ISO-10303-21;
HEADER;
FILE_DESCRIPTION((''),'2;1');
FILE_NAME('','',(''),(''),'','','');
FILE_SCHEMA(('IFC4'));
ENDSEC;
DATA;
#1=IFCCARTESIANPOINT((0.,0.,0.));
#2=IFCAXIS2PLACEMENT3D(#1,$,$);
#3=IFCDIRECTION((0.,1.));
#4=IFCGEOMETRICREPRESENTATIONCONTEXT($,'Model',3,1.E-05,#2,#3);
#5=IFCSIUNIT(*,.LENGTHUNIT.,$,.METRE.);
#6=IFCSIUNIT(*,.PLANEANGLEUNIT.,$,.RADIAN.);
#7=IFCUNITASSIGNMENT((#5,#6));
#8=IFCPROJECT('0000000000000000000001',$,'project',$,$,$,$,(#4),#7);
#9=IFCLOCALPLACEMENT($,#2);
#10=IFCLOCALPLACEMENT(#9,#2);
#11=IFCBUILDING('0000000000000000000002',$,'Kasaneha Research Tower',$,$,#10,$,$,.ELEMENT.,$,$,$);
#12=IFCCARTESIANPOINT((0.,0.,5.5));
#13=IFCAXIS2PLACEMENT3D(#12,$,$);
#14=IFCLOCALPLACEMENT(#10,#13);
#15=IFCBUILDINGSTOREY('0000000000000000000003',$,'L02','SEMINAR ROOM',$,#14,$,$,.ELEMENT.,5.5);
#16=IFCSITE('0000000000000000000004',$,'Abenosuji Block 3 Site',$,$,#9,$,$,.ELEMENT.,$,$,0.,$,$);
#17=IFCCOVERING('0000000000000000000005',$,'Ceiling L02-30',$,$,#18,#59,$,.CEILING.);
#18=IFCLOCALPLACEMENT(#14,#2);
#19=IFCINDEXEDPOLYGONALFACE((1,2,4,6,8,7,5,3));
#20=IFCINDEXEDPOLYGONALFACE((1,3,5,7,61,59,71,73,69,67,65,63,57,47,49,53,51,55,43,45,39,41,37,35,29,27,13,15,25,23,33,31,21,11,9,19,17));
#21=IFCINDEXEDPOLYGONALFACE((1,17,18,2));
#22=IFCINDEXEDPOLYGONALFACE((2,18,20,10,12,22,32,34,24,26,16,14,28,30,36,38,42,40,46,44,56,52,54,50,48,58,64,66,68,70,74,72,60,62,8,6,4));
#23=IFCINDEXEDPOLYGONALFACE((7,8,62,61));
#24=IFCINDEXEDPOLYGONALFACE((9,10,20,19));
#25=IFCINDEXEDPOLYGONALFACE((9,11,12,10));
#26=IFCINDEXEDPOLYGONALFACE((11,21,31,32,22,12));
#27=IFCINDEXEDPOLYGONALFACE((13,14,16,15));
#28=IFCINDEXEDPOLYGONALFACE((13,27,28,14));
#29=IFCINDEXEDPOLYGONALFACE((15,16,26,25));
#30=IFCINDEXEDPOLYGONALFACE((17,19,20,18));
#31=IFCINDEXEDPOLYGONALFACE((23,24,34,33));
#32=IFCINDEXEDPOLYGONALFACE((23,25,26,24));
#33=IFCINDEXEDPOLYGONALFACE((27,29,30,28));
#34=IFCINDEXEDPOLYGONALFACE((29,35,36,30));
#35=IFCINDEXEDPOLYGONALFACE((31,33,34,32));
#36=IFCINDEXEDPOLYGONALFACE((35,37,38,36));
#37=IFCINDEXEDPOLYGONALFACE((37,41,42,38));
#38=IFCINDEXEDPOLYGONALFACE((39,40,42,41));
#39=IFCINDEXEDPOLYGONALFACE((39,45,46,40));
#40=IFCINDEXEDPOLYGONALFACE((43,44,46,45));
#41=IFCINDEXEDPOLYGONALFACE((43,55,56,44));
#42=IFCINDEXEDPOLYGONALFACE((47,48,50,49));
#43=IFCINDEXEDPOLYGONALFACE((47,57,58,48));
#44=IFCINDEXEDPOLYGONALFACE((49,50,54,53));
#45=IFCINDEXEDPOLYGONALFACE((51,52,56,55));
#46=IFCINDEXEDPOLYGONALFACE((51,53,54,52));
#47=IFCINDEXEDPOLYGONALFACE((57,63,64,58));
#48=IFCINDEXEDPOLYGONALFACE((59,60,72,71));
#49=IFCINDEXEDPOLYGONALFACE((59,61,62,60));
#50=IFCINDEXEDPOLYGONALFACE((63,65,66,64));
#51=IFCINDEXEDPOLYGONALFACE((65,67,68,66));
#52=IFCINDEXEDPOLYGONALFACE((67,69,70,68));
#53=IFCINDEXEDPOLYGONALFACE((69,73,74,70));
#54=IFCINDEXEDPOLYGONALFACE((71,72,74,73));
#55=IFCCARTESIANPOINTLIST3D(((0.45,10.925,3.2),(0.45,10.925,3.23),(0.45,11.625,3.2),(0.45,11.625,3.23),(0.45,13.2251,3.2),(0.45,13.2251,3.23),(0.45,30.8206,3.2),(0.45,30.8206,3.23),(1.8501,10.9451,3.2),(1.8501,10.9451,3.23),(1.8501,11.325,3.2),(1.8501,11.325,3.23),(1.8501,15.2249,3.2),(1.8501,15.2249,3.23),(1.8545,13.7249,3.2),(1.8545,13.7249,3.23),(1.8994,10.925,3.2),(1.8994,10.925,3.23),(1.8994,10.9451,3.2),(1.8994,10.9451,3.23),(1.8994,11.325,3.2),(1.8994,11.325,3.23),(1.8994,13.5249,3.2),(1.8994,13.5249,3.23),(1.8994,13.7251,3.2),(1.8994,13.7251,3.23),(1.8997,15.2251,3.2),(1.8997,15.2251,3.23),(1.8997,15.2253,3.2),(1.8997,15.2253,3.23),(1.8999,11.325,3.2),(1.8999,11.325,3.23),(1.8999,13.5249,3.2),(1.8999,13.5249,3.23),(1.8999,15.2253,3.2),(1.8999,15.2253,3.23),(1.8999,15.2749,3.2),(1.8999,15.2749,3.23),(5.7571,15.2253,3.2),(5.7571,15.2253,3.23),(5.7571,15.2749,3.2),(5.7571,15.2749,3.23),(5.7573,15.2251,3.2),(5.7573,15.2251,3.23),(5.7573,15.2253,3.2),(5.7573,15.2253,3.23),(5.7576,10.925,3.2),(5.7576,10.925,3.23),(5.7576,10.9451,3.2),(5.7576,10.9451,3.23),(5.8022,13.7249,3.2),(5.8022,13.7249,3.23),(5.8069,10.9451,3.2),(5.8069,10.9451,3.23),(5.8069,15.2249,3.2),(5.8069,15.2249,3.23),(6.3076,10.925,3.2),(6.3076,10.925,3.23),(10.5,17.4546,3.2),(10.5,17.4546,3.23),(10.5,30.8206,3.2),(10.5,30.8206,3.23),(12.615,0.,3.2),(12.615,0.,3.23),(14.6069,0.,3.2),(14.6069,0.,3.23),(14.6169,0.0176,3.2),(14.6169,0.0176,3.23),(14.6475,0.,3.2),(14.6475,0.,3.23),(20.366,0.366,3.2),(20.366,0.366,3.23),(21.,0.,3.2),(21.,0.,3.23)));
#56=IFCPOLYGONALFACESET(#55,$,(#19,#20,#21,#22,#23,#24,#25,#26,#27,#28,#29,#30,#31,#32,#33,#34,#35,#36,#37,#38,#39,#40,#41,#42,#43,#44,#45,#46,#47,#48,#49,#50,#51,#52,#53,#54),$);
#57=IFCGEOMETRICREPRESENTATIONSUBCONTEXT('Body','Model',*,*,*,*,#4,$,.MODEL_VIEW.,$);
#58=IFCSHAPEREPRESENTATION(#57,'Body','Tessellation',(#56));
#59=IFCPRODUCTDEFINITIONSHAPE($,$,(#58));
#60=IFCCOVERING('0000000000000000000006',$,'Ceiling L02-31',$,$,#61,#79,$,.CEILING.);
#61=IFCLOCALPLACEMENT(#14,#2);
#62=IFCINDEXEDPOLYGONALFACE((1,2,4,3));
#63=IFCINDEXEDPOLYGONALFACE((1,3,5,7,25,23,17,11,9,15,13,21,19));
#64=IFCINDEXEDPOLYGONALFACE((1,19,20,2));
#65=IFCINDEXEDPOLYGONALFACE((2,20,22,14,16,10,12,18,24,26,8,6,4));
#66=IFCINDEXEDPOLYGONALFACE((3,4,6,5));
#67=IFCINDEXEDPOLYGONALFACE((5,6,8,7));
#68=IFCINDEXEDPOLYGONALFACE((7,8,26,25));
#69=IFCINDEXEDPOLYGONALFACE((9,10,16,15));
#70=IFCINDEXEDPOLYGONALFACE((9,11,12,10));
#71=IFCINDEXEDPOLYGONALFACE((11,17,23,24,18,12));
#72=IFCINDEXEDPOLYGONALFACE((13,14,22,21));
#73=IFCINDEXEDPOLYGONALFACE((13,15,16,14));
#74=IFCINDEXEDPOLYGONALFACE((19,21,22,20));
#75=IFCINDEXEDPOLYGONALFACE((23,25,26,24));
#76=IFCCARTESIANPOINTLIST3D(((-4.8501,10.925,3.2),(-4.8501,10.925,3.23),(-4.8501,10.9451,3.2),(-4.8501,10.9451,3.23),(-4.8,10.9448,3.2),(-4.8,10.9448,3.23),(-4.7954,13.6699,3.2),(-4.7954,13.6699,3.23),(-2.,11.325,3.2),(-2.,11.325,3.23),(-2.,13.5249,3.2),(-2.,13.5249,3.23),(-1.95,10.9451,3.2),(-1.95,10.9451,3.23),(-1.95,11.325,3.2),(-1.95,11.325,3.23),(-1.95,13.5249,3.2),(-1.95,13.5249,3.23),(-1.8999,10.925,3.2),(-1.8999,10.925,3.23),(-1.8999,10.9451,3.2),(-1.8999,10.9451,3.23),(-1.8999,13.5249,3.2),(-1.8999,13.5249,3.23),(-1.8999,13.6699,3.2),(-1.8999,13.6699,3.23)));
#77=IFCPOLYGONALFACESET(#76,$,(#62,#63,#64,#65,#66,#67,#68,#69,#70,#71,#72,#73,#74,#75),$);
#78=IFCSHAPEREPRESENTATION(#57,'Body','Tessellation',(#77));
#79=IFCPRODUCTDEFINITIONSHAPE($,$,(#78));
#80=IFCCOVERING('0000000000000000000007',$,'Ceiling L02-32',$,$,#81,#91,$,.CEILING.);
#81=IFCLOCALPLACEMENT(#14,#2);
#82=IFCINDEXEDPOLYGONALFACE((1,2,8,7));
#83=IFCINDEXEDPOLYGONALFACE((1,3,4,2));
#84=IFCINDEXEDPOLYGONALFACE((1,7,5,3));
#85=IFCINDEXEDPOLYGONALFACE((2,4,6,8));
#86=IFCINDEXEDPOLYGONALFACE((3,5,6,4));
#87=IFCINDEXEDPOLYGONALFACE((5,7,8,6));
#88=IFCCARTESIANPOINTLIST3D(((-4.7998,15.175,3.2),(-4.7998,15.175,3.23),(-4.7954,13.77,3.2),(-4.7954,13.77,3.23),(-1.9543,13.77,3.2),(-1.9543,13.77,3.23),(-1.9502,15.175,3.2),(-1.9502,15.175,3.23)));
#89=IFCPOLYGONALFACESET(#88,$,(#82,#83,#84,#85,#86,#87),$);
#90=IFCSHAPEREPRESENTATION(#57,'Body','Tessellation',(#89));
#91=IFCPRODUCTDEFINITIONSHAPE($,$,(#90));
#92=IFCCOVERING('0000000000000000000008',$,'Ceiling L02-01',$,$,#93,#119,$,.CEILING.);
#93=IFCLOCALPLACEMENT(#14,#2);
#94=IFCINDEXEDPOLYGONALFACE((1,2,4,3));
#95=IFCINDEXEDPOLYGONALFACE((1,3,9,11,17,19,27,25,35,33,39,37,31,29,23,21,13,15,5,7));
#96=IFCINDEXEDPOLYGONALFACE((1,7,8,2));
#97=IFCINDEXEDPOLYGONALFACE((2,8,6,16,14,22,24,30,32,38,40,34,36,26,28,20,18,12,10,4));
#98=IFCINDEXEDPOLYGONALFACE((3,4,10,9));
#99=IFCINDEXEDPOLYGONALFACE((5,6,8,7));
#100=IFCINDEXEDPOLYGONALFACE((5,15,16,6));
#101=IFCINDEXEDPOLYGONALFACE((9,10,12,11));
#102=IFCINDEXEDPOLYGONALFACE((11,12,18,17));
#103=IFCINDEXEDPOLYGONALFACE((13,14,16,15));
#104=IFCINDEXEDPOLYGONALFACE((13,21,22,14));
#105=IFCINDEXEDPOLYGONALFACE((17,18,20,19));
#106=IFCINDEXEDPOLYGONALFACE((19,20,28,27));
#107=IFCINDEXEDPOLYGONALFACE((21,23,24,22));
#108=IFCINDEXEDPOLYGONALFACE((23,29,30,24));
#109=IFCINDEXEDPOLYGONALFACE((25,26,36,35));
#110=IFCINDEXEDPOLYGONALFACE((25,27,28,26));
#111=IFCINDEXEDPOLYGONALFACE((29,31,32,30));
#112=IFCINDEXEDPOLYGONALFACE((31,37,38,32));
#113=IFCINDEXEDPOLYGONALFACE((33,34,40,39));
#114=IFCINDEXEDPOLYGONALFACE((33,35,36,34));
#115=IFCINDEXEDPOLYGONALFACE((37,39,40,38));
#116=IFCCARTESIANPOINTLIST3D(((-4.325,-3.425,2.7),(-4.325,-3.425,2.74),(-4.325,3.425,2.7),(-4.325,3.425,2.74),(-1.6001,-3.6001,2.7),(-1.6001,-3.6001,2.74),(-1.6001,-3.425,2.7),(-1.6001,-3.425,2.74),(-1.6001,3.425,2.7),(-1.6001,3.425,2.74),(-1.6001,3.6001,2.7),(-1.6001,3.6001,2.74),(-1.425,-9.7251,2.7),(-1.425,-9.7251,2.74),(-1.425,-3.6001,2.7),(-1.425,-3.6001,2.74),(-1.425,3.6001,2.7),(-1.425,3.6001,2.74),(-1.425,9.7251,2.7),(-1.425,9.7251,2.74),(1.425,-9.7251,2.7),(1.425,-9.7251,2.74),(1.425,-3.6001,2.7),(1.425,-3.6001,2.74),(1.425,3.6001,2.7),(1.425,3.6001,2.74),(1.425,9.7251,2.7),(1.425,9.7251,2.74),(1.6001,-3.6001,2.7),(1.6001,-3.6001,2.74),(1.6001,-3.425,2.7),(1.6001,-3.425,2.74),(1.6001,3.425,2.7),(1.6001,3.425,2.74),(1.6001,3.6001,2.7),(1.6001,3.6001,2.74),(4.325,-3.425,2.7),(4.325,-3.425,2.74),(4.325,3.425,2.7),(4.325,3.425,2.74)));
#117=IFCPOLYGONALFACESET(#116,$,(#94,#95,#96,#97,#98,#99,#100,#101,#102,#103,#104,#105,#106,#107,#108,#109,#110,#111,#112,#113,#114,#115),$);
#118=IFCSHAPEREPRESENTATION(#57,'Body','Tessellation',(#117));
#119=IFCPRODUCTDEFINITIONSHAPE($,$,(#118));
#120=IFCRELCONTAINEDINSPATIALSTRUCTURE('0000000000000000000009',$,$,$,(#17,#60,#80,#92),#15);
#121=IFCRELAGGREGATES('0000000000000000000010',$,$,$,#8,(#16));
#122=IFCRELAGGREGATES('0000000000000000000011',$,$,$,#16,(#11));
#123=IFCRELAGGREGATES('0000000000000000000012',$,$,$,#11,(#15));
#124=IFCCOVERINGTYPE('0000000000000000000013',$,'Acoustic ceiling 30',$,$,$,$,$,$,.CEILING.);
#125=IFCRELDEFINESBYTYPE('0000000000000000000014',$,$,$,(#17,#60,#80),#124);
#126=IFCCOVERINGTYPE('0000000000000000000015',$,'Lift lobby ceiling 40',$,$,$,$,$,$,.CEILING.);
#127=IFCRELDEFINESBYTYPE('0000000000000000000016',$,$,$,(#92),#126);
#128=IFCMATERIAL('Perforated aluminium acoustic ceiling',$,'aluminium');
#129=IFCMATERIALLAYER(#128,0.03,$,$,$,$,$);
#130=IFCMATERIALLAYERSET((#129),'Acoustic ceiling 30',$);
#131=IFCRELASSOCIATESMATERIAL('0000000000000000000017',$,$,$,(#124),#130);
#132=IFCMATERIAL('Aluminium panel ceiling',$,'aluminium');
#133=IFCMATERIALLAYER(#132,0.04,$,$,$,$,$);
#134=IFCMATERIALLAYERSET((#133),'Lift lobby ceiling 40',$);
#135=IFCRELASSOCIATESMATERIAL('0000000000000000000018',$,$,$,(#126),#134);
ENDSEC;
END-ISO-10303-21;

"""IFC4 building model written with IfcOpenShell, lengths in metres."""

from ifc_helpers import new_model, si_unit, direction, frame, origin, place, context, subcontext, project, spatial, polyline, outline, extrude, material, layer, layer_set, type_object, element, save


model = new_model("IFC4")

# Units and contexts
model_context = context("Model", 3, precision=1e-05, world=origin(), true_north=direction((0.0, 1.0)))
body_context = subcontext(model_context, "Body", "Model", "MODEL_VIEW")
ifc_project = project(units=[si_unit("LENGTHUNIT", "METRE"), si_unit("PLANEANGLEUNIT", "RADIAN")], contexts=[model_context])

# Site, building, storey
site_placement = place(None, origin())
site = spatial("IfcSite", under=ifc_project, at=site_placement, Name="Abenosuji Block 3 Site", CompositionType="ELEMENT", RefElevation=0.0)
building_placement = place(site_placement, origin())
building = spatial("IfcBuilding", under=site, at=building_placement, Name="Kasaneha Research Tower", CompositionType="ELEMENT")
storey_placement = place(building_placement, frame((0.0, 0.0, 5.5)))
storey = spatial("IfcBuildingStorey", under=building, at=storey_placement, Name="L02", Description="SEMINAR ROOM", CompositionType="ELEMENT", Elevation=5.5)

# Coverings
ifc_material_1 = material(Name="Perforated aluminium acoustic ceiling", Category="aluminium")
ifc_layer_1 = layer(ifc_material_1, 0.03)
ifc_layer_set_1 = layer_set([ifc_layer_1], Name="Acoustic ceiling 30")
covering_type_1 = type_object("IfcCoveringType", Name="Acoustic ceiling 30", PredefinedType="CEILING", material=ifc_layer_set_1)
covering_1_placement = place(storey_placement, frame((0.0, 0.0, 3.2)))
element("IfcCovering", 1, at=covering_1_placement, inside=storey, type_object=covering_type_1, Name="Ceiling L02-30", PredefinedType="CEILING", context=body_context, shape_type="SweptSolid", body=[
    extrude(outline(polyline([(14.6475, 0.0), (14.6169, 0.0176), (14.6069, 0.0), (12.615, 0.0), (6.3076, 10.925), (5.7576, 10.925), (5.7576, 10.9451), (5.8069, 10.9451), (5.8022, 13.7249), (5.8069, 15.2249), (5.7573, 15.2251), (5.7573, 15.2253), (5.7571, 15.2253), (5.7571, 15.2749), (1.8999, 15.2749), (1.8999, 15.2253), (1.8997, 15.2253), (1.8997, 15.2251), (1.8501, 15.2249), (1.8545, 13.7249), (1.8994, 13.7251), (1.8994, 13.5249), (1.8999, 13.5249), (1.8999, 11.325), (1.8994, 11.325), (1.8994, 11.325), (1.8501, 11.325), (1.8501, 10.9451), (1.8994, 10.9451), (1.8994, 10.925), (0.45, 10.925), (0.45, 11.625), (0.45, 13.2251), (0.45, 30.8206), (10.5, 30.8206), (10.5, 17.4546), (20.366, 0.366), (21.0, 0.0), (14.6475, 0.0)])), origin(), (0.0, 0.0, 1.0), 0.03),
])
covering_2_placement = place(storey_placement, frame((0.0, 0.0, 3.2)))
element("IfcCovering", 2, at=covering_2_placement, inside=storey, type_object=covering_type_1, Name="Ceiling L02-31", PredefinedType="CEILING", context=body_context, shape_type="SweptSolid", body=[
    extrude(outline(polyline([(-1.95, 13.5249), (-2.0, 13.5249), (-2.0, 11.325), (-1.95, 11.325), (-1.95, 10.9451), (-1.8999, 10.9451), (-1.8999, 10.925), (-4.8501, 10.925), (-4.8501, 10.9451), (-4.8, 10.9448), (-4.7954, 13.6699), (-1.8999, 13.6699), (-1.8999, 13.5249), (-1.95, 13.5249)])), origin(), (0.0, 0.0, 1.0), 0.03),
])
covering_3_placement = place(storey_placement, frame((0.0, 0.0, 3.2)))
element("IfcCovering", 3, at=covering_3_placement, inside=storey, type_object=covering_type_1, Name="Ceiling L02-32", PredefinedType="CEILING", context=body_context, shape_type="SweptSolid", body=[
    extrude(outline(polyline([(-4.7998, 15.175), (-1.9502, 15.175), (-1.9543, 13.77), (-4.7954, 13.77), (-4.7998, 15.175)])), origin(), (0.0, 0.0, 1.0), 0.03),
])
ifc_material_2 = material(Name="Aluminium panel ceiling", Category="aluminium")
ifc_layer_2 = layer(ifc_material_2, 0.04)
ifc_layer_set_2 = layer_set([ifc_layer_2], Name="Lift lobby ceiling 40")
covering_type_2 = type_object("IfcCoveringType", Name="Lift lobby ceiling 40", PredefinedType="CEILING", material=ifc_layer_set_2)
covering_4_placement = place(storey_placement, frame((0.0, 0.0, 2.7)))
element("IfcCovering", 4, at=covering_4_placement, inside=storey, type_object=covering_type_2, Name="Ceiling L02-01", PredefinedType="CEILING", context=body_context, shape_type="SweptSolid", body=[
    extrude(outline(polyline([(1.425, 9.7251), (1.425, 3.6001), (1.6001, 3.6001), (1.6001, 3.425), (4.325, 3.425), (4.325, -3.425), (1.6001, -3.425), (1.6001, -3.6001), (1.425, -3.6001), (1.425, -9.7251), (-1.425, -9.7251), (-1.425, -3.6001), (-1.6001, -3.6001), (-1.6001, -3.425), (-4.325, -3.425), (-4.325, 3.425), (-1.6001, 3.425), (-1.6001, 3.6001), (-1.425, 3.6001), (-1.425, 9.7251), (1.425, 9.7251)])), origin(), (0.0, 0.0, 1.0), 0.04),
])

save(model, "model.ifc")
